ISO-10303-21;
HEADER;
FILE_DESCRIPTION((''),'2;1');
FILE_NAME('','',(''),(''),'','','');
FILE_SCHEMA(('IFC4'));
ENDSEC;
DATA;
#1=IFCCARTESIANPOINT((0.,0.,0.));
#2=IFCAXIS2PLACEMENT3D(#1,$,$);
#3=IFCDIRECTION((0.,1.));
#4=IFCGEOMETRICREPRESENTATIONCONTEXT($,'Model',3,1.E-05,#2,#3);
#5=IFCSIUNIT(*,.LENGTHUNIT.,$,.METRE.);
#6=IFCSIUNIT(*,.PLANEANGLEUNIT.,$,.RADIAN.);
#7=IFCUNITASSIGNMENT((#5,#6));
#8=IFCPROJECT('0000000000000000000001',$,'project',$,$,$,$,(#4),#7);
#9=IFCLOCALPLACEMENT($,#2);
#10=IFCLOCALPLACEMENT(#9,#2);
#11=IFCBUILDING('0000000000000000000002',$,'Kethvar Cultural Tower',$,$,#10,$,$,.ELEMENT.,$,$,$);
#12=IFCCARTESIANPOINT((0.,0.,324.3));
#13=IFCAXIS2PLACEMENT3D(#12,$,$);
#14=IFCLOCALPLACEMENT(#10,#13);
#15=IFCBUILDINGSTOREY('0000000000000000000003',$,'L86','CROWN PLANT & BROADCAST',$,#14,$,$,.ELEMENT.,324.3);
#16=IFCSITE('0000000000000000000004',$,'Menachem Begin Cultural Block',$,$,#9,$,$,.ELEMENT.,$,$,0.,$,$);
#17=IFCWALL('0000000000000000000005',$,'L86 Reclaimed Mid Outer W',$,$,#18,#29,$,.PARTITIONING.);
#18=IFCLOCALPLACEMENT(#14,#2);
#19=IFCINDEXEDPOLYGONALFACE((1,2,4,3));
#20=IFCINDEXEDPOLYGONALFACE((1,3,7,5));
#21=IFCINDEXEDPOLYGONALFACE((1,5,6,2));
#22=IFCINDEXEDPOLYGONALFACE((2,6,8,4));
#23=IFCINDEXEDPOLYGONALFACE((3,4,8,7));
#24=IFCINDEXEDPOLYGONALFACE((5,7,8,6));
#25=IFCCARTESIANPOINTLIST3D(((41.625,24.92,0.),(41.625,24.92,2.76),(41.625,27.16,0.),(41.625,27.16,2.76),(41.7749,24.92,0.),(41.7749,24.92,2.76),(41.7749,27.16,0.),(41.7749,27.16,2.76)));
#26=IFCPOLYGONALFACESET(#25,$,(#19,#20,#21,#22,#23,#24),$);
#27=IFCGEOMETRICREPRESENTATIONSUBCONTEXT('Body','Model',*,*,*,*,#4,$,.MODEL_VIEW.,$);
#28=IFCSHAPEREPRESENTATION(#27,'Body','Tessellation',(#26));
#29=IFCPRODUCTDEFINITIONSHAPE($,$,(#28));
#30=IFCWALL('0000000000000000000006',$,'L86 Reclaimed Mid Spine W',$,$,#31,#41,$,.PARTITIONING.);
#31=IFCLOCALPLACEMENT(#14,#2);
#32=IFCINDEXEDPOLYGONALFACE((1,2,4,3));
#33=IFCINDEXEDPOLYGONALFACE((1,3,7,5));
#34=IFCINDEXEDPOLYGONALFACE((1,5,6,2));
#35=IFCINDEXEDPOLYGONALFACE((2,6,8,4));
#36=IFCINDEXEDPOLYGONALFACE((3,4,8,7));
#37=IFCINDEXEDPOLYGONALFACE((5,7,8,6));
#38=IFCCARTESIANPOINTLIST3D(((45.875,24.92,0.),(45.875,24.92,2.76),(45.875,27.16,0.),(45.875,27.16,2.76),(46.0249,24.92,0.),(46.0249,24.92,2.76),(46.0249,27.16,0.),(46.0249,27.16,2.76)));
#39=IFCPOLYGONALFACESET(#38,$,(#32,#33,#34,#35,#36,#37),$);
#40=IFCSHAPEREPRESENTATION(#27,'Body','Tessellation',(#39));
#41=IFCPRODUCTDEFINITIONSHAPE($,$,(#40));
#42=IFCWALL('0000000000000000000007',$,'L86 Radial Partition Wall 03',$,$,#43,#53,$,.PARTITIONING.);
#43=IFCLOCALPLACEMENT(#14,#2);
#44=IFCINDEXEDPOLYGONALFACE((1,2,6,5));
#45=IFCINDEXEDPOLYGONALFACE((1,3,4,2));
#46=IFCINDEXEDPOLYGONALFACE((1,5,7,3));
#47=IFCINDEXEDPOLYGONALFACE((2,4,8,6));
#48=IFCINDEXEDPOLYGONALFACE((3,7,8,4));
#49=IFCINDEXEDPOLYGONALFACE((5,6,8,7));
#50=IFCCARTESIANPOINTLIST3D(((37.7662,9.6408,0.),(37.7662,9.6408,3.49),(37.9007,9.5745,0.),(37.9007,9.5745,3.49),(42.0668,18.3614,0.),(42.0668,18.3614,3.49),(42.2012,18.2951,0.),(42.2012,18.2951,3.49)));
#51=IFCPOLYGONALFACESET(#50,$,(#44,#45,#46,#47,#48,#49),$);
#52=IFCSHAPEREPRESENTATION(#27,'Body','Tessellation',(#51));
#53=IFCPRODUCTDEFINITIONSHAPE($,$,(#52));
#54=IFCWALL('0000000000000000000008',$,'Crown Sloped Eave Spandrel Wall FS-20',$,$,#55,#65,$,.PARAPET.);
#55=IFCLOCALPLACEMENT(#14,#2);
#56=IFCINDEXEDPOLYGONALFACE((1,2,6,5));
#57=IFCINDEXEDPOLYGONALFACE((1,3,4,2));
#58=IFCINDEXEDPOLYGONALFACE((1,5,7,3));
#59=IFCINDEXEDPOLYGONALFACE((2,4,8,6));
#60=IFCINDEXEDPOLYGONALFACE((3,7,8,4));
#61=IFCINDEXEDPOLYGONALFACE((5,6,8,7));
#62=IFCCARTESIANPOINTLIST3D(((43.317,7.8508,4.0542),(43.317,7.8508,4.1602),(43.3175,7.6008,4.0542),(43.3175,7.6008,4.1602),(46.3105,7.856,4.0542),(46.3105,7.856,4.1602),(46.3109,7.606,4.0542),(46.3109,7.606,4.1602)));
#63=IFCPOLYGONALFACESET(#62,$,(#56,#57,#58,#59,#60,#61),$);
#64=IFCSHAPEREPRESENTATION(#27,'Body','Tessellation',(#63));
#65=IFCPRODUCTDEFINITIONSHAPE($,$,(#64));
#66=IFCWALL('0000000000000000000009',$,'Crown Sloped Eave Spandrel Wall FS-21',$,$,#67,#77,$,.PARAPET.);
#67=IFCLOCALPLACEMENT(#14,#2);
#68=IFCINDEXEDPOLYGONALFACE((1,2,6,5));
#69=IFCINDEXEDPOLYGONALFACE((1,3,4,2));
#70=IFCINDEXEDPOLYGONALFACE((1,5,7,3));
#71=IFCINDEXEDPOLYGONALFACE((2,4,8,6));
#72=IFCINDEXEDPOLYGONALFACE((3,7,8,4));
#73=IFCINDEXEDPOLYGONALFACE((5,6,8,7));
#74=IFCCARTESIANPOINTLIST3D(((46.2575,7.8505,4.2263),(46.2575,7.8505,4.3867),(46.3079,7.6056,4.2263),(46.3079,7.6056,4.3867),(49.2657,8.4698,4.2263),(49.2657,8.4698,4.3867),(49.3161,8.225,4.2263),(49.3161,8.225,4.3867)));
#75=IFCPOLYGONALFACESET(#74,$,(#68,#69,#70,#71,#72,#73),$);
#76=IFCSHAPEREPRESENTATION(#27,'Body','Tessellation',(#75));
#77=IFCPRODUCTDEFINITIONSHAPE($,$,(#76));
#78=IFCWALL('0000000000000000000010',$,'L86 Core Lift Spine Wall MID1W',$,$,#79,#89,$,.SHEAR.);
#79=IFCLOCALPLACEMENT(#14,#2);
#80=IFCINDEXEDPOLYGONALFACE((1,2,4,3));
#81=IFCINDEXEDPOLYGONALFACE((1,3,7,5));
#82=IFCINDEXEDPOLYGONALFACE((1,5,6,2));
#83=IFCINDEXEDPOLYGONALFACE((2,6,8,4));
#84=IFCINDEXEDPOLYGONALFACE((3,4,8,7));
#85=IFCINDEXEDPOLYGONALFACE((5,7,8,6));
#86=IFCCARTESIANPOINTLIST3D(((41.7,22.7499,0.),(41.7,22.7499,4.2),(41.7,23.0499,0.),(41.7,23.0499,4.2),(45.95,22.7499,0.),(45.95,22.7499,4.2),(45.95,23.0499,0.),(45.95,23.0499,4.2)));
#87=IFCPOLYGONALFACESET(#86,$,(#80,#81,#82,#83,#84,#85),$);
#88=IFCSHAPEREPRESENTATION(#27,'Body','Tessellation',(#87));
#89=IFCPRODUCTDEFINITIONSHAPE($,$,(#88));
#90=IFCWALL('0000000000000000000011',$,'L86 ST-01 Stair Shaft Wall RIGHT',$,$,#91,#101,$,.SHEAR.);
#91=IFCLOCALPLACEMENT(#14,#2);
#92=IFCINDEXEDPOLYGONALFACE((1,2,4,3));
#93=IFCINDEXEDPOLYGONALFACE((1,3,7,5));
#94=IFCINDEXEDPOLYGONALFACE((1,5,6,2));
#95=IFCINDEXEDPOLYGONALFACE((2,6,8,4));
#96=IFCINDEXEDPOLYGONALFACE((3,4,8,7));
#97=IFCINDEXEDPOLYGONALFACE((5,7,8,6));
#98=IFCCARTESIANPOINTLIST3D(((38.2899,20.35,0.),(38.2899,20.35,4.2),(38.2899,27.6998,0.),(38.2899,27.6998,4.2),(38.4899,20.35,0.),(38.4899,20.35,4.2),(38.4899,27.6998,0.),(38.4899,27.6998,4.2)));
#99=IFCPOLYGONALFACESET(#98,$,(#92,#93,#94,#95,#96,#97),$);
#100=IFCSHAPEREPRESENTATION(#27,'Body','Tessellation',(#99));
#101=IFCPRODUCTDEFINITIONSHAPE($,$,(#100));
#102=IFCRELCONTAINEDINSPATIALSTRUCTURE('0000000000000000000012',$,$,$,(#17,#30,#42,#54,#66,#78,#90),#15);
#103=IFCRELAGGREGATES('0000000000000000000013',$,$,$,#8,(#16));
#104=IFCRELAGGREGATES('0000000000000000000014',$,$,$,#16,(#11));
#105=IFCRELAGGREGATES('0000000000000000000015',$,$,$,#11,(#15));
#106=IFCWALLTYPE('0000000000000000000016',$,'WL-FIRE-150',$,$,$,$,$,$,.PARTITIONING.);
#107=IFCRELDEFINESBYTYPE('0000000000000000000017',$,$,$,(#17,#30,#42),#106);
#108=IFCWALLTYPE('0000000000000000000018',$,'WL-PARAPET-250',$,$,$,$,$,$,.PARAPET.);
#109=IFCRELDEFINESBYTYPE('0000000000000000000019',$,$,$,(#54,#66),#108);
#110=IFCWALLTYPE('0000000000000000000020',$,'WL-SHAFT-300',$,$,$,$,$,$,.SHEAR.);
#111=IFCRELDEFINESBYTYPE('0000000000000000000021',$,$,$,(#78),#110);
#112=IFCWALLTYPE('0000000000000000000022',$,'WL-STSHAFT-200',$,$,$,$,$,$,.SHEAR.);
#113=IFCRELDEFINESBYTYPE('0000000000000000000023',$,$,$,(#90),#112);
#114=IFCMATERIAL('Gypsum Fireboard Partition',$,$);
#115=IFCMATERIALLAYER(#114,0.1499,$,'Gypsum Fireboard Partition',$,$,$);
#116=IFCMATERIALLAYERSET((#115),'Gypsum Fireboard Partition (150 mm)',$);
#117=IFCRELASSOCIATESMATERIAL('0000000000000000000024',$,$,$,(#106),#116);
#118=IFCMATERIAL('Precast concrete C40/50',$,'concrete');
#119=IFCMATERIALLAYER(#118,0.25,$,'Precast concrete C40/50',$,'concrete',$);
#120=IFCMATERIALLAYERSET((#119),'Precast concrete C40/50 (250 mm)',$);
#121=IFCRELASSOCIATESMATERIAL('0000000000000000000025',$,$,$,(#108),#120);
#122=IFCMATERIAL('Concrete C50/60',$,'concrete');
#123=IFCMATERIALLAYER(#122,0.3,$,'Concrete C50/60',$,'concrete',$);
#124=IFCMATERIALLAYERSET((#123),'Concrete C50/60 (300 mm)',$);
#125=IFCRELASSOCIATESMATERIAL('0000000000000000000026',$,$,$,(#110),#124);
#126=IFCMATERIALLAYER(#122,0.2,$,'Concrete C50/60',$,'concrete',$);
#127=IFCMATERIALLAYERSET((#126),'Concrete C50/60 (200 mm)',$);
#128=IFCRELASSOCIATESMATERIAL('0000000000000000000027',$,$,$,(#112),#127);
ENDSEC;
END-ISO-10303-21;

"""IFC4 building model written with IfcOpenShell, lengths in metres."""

from ifc_helpers import new_model, si_unit, direction, frame, frame_2d, origin, place, context, subcontext, project, spatial, rectangle, extrude, material, layer, layer_set, type_object, element, save


model = new_model("IFC4")

# Units and contexts
model_context = context("Model", 3, precision=1e-05, world=origin(), true_north=direction((0.0, 1.0)))
body_context = subcontext(model_context, "Body", "Model", "MODEL_VIEW")
ifc_project = project(units=[si_unit("LENGTHUNIT", "METRE"), si_unit("PLANEANGLEUNIT", "RADIAN")], contexts=[model_context])

# Site, building, storey
site_placement = place(None, origin())
site = spatial("IfcSite", under=ifc_project, at=site_placement, Name="Menachem Begin Cultural Block", CompositionType="ELEMENT", RefElevation=0.0)
building_placement = place(site_placement, origin())
building = spatial("IfcBuilding", under=site, at=building_placement, Name="Kethvar Cultural Tower", CompositionType="ELEMENT")
storey_placement = place(building_placement, frame((0.0, 0.0, 324.3)))
storey = spatial("IfcBuildingStorey", under=building, at=storey_placement, Name="L86", Description="CROWN PLANT & BROADCAST", CompositionType="ELEMENT", Elevation=324.3)

# Walls
ifc_material_1 = material(Name="Concrete C50/60", Category="concrete")
ifc_material_2 = material(Name="Gypsum Fireboard Partition")
ifc_layer_1 = layer(ifc_material_2, 0.1499, Name="Gypsum Fireboard Partition")
ifc_layer_set_1 = layer_set([ifc_layer_1], Name="Gypsum Fireboard Partition (150 mm)")
wall_type_1 = type_object("IfcWallType", Name="WL-FIRE-150", PredefinedType="PARTITIONING", material=ifc_layer_set_1)
for number, where, z_axis, x_axis, name in (
    (1, (41.7, 24.9199, 0.0), (0.0, 0.0, 1.0), (0.0, 1.0, 0.0), "L86 Reclaimed Mid Outer W"),
    (2, (45.95, 24.9199, 0.0), (0.0, 0.0, 1.0), (0.0, 1.0, 0.0), "L86 Reclaimed Mid Spine W"),
):
    element("IfcWall", number, at=place(storey_placement, frame(where, z_axis=z_axis, x_axis=x_axis)), inside=storey, type_object=wall_type_1, Name=name, PredefinedType="PARTITIONING", context=body_context, shape_type="SweptSolid", body=[
        extrude(rectangle(XDim=2.24, YDim=0.1499, at=frame_2d((1.1201, 0.0))), origin(), (0.0, 0.0, 1.0), 2.76),
    ])
wall_1_placement = place(storey_placement, frame((42.134, 18.3284, 0.0), z_axis=(0.0, 0.0, 1.0), x_axis=(-0.442286, -0.896874, 0.0)))
element("IfcWall", 3, at=wall_1_placement, inside=storey, type_object=wall_type_1, Name="L86 Radial Partition Wall 03", PredefinedType="PARTITIONING", context=body_context, shape_type="SweptSolid", body=[
    extrude(rectangle(XDim=9.7234, YDim=0.1499, at=frame_2d((4.8618, 0.0))), origin(), (0.0, 0.0, 1.0), 3.49),
])
ifc_material_3 = material(Name="Precast concrete C40/50", Category="concrete")
ifc_layer_2 = layer(ifc_material_3, 0.25, Name="Precast concrete C40/50", Category="concrete")
ifc_layer_set_2 = layer_set([ifc_layer_2], Name="Precast concrete C40/50 (250 mm)")
wall_type_2 = type_object("IfcWallType", Name="WL-PARAPET-250", PredefinedType="PARAPET", material=ifc_layer_set_2)
wall_2_placement = place(storey_placement, frame((43.3174, 7.7258, 4.0542), z_axis=(0.0, 0.0, 1.0), x_axis=(0.999999, 0.001713, 0.0)))
element("IfcWall", 4, at=wall_2_placement, inside=storey, type_object=wall_type_2, Name="Crown Sloped Eave Spandrel Wall FS-20", PredefinedType="PARAPET", context=body_context, shape_type="SweptSolid", body=[
    extrude(rectangle(XDim=2.9934, YDim=0.25, at=frame_2d((1.4966, 0.0))), origin(), (0.0, 0.0, 1.0), 0.106),
])
wall_3_placement = place(storey_placement, frame((46.2827, 7.728, 4.2263), z_axis=(0.0, 0.0, 1.0), x_axis=(0.979455, 0.201662, 0.0)))
element("IfcWall", 5, at=wall_3_placement, inside=storey, type_object=wall_type_2, Name="Crown Sloped Eave Spandrel Wall FS-21", PredefinedType="PARAPET", context=body_context, shape_type="SweptSolid", body=[
    extrude(rectangle(XDim=3.0713, YDim=0.25, at=frame_2d((1.5356, 0.0))), origin(), (0.0, 0.0, 1.0), 0.1604),
])
ifc_layer_3 = layer(ifc_material_1, 0.3, Name="Concrete C50/60", Category="concrete")
ifc_layer_set_3 = layer_set([ifc_layer_3], Name="Concrete C50/60 (300 mm)")
wall_type_3 = type_object("IfcWallType", Name="WL-SHAFT-300", PredefinedType="SHEAR", material=ifc_layer_set_3)
wall_4_placement = place(storey_placement, frame((41.7, 22.8999, 0.0), z_axis=(0.0, 0.0, 1.0), x_axis=(1.0, 0.0, 0.0)))
element("IfcWall", 6, at=wall_4_placement, inside=storey, type_object=wall_type_3, Name="L86 Core Lift Spine Wall MID1W", PredefinedType="SHEAR", context=body_context, shape_type="SweptSolid", body=[
    extrude(rectangle(XDim=4.25, YDim=0.3, at=frame_2d((2.125, 0.0))), origin(), (0.0, 0.0, 1.0), 4.2),
])

# Wall
ifc_layer_4 = layer(ifc_material_1, 0.2, Name="Concrete C50/60", Category="concrete")
ifc_layer_set_4 = layer_set([ifc_layer_4], Name="Concrete C50/60 (200 mm)")
wall_type_4 = type_object("IfcWallType", Name="WL-STSHAFT-200", PredefinedType="SHEAR", material=ifc_layer_set_4)
wall_5_placement = place(storey_placement, frame((38.3899, 20.3501, 0.0), z_axis=(0.0, 0.0, 1.0), x_axis=(0.0, 1.0, 0.0)))
element("IfcWall", 7, at=wall_5_placement, inside=storey, type_object=wall_type_4, Name="L86 ST-01 Stair Shaft Wall RIGHT", PredefinedType="SHEAR", context=body_context, shape_type="SweptSolid", body=[
    extrude(rectangle(XDim=7.3499, YDim=0.2, at=frame_2d((3.6748, 0.0))), origin(), (0.0, 0.0, 1.0), 4.2),
])

save(model, "model.ifc")
